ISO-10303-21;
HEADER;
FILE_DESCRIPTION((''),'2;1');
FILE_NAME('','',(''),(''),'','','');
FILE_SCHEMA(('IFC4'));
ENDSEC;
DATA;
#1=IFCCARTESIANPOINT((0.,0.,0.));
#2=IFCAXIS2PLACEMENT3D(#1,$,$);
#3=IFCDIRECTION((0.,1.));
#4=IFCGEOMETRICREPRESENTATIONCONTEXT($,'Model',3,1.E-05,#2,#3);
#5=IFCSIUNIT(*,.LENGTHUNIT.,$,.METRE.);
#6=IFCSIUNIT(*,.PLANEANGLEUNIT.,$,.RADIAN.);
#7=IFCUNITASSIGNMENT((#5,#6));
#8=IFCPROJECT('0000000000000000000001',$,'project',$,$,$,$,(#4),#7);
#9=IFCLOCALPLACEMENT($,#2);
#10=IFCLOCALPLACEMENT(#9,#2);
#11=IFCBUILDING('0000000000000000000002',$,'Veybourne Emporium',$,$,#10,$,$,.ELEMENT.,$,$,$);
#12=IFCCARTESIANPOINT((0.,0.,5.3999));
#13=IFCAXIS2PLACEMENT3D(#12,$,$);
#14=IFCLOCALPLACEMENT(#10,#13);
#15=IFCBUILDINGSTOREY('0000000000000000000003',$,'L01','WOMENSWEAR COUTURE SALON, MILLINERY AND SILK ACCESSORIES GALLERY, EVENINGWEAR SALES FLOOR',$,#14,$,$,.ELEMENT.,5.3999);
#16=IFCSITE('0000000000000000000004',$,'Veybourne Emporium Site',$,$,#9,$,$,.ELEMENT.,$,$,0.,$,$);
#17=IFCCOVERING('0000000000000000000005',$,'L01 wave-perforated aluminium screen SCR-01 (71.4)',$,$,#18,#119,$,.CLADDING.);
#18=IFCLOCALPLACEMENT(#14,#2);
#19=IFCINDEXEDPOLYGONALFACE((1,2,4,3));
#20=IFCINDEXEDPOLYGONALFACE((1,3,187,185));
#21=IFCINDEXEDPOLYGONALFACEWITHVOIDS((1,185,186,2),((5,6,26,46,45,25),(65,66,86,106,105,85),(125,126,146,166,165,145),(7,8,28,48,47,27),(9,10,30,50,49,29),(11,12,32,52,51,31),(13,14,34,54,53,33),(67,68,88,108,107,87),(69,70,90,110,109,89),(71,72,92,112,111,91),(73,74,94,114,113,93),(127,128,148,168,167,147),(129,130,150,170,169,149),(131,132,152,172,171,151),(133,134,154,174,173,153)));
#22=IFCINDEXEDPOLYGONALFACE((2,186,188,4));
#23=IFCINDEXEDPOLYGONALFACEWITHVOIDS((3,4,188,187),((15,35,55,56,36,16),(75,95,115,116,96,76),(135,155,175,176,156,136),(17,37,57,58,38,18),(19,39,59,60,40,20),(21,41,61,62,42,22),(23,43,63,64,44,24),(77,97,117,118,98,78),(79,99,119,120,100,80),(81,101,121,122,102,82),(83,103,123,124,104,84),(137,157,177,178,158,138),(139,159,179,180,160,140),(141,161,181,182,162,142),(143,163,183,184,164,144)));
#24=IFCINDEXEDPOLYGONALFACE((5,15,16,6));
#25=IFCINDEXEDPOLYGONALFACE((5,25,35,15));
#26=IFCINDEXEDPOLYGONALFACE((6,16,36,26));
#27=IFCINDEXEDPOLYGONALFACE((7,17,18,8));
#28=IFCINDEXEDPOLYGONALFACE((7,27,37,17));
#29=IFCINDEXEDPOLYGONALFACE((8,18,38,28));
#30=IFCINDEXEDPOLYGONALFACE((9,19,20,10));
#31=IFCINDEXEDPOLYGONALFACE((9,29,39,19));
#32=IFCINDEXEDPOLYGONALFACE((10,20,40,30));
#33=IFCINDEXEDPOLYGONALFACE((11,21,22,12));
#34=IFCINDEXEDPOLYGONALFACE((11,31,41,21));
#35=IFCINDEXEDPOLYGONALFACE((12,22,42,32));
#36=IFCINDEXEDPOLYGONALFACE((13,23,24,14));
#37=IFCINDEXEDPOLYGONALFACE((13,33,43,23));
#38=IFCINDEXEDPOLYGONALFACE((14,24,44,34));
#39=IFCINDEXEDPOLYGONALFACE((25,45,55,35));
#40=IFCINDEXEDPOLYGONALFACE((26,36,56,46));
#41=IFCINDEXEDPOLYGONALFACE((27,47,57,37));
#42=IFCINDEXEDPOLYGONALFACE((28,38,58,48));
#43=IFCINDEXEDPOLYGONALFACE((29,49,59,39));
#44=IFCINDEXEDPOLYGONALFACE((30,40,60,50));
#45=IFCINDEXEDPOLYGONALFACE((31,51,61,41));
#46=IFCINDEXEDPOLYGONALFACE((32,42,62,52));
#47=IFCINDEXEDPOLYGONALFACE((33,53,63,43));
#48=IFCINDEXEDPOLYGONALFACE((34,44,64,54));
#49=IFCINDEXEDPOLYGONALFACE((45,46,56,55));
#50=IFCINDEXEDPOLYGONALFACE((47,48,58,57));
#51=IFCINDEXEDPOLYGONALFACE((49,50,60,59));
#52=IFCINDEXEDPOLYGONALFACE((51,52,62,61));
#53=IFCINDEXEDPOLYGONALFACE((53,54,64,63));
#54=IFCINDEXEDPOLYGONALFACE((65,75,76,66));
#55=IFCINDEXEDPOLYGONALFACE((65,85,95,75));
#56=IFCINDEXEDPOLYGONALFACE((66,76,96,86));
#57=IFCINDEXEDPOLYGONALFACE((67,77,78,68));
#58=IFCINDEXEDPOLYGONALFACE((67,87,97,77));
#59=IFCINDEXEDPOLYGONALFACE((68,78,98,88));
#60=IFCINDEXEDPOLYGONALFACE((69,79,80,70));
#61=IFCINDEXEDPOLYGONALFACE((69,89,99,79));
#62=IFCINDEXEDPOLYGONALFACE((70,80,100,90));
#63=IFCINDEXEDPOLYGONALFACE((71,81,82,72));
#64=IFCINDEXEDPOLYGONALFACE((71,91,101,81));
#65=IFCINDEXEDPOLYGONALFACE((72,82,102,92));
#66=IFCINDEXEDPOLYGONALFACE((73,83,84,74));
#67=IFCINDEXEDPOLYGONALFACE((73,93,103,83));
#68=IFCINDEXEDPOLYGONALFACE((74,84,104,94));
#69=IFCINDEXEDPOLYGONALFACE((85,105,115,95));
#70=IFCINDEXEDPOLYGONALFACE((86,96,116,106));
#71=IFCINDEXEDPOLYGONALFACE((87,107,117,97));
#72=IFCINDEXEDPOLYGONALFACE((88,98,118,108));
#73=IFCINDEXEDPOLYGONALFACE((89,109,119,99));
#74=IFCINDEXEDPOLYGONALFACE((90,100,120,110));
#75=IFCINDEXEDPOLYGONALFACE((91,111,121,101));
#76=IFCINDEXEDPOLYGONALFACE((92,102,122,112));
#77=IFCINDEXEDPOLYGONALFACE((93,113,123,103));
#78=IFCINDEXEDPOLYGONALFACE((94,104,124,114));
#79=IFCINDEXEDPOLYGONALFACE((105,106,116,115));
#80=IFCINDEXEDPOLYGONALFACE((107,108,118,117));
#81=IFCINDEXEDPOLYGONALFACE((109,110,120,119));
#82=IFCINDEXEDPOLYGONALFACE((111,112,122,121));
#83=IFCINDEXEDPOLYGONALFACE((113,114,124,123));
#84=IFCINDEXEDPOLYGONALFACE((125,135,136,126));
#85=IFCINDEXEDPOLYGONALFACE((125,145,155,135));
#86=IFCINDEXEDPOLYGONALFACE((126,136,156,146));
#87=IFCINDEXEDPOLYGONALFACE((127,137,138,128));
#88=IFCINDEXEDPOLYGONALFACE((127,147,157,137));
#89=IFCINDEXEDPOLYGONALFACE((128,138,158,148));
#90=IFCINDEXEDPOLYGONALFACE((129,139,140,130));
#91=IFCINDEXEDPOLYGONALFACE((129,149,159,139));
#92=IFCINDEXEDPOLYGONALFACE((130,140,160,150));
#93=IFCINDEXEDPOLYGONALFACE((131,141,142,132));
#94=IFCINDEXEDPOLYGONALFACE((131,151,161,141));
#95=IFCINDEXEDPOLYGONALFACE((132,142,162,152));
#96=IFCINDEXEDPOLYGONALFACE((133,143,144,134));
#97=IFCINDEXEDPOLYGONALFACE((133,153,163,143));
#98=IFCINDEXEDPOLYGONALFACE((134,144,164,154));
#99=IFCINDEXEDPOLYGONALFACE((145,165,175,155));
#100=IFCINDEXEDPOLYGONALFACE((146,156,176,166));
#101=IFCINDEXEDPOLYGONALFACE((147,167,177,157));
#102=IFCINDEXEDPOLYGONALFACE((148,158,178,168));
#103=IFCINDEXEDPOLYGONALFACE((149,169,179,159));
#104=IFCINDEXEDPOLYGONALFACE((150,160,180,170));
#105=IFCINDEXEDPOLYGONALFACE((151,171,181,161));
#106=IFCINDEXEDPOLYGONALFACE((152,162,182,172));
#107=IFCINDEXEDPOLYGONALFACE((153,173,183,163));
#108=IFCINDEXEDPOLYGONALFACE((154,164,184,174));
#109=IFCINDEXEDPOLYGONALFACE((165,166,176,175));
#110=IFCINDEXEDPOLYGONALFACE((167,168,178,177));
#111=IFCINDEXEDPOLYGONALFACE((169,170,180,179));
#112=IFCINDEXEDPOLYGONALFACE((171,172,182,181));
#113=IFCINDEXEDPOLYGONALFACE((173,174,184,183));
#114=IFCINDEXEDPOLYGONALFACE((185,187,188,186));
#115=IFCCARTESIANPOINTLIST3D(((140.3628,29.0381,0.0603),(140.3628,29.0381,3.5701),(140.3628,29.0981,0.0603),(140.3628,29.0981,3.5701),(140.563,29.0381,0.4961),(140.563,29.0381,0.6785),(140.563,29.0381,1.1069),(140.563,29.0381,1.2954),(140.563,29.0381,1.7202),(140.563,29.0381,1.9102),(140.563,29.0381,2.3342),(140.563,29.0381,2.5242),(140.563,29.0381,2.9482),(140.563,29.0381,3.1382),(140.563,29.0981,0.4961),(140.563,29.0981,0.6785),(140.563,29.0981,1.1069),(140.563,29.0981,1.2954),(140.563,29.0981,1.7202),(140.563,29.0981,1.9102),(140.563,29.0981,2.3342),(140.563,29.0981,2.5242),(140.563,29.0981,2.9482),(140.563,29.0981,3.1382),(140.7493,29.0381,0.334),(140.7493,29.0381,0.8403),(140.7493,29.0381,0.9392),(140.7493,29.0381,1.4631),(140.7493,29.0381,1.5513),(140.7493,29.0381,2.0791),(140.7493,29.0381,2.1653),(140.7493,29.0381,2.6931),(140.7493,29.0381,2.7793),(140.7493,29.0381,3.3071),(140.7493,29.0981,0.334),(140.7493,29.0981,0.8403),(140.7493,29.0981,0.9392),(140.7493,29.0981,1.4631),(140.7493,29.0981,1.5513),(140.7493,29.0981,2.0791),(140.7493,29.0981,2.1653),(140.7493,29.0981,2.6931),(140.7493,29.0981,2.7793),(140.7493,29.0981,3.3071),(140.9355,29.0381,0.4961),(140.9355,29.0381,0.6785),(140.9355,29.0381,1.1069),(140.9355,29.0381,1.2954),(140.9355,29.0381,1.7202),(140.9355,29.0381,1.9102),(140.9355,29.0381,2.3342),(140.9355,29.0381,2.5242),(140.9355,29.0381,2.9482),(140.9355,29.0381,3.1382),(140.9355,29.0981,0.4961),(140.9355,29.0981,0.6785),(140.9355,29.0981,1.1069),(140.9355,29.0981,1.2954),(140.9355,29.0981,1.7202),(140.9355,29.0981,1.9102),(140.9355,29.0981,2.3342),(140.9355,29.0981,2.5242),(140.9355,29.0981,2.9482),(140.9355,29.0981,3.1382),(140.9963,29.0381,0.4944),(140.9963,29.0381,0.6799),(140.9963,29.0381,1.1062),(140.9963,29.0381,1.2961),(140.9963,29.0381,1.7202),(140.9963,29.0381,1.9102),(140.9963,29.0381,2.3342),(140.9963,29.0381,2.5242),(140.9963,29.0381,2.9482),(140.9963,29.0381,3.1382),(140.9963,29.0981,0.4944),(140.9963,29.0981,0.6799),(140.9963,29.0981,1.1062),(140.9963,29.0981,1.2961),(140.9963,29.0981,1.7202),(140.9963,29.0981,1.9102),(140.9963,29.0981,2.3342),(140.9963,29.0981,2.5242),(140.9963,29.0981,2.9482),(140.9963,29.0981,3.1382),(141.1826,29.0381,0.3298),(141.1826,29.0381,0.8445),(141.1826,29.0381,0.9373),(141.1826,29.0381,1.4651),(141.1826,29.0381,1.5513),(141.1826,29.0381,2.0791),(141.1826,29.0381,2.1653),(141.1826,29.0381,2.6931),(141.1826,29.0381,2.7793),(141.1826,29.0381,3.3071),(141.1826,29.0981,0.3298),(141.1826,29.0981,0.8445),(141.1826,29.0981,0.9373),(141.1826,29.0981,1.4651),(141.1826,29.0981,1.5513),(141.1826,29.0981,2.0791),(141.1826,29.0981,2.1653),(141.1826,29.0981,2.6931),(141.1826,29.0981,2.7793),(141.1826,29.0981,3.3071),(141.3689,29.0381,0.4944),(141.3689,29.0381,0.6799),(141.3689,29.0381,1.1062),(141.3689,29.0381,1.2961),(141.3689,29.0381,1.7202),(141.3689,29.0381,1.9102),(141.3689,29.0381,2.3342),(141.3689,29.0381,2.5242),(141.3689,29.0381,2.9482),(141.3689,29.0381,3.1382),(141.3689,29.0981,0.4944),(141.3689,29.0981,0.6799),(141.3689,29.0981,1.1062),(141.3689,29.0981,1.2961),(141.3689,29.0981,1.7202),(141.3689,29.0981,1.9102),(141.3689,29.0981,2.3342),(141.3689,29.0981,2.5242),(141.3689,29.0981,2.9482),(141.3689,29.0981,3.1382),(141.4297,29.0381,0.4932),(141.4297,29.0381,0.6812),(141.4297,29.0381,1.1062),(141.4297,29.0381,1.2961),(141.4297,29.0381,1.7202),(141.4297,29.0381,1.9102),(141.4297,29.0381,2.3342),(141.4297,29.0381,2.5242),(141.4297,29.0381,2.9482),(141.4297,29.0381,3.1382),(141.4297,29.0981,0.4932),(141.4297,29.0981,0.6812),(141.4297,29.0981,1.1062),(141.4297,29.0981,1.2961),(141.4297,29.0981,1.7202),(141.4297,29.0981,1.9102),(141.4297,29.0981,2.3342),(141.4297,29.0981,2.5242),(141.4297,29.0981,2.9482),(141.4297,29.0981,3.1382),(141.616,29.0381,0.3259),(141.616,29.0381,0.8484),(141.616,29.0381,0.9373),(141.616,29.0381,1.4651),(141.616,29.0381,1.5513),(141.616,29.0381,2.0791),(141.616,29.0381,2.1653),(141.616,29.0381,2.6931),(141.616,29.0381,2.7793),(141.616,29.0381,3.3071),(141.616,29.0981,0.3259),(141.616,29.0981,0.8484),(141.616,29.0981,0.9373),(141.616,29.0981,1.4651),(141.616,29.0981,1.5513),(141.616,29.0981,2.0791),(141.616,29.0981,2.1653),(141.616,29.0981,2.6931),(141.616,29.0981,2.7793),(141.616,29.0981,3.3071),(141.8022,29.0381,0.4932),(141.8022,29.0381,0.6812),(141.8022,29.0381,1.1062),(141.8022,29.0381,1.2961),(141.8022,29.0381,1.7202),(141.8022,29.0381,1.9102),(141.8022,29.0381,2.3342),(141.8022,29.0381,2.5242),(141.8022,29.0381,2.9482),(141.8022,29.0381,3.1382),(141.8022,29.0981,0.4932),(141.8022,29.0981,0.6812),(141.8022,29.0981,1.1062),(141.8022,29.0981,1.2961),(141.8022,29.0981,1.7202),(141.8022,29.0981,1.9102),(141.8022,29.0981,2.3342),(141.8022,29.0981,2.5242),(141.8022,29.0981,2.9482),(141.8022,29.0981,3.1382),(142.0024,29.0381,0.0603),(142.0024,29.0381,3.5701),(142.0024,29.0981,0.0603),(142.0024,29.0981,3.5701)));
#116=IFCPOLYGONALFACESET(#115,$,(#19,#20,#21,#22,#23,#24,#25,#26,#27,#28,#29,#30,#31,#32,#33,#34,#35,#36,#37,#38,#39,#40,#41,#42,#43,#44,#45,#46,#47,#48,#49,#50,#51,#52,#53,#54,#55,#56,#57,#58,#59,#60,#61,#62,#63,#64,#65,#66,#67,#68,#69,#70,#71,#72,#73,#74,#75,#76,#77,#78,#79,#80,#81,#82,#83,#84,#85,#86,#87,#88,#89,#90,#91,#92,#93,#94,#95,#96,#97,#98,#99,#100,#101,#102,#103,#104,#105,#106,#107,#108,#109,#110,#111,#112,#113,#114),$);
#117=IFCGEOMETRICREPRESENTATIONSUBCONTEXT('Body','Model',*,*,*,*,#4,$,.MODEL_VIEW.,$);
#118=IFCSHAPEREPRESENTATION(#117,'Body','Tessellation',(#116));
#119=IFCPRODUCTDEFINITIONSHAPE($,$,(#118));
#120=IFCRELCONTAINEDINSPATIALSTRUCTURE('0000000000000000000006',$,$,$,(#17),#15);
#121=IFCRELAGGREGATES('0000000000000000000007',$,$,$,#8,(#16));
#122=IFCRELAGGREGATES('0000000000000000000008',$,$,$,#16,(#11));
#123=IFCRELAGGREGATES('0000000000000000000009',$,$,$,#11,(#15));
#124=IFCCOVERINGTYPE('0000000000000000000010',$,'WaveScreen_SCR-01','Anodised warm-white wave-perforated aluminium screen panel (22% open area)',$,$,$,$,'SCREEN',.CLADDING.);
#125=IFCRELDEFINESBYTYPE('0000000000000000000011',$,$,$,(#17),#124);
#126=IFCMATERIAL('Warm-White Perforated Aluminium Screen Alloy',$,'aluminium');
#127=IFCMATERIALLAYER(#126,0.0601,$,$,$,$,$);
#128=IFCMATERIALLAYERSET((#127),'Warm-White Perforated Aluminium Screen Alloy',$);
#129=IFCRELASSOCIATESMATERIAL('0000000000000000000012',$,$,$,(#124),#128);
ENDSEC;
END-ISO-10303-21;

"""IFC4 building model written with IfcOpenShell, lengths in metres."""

from ifc_helpers import new_model, si_unit, direction, frame, origin, place, context, subcontext, project, spatial, polyline, outline, extrude, material, layer, layer_set, type_object, element, save


model = new_model("IFC4")

# Units and contexts
model_context = context("Model", 3, precision=1e-05, world=origin(), true_north=direction((0.0, 1.0)))
body_context = subcontext(model_context, "Body", "Model", "MODEL_VIEW")
ifc_project = project(units=[si_unit("LENGTHUNIT", "METRE"), si_unit("PLANEANGLEUNIT", "RADIAN")], contexts=[model_context])

# Site, building, storey
site_placement = place(None, origin())
site = spatial("IfcSite", under=ifc_project, at=site_placement, Name="Veybourne Emporium Site", CompositionType="ELEMENT", RefElevation=0.0)
building_placement = place(site_placement, origin())
building = spatial("IfcBuilding", under=site, at=building_placement, Name="Veybourne Emporium", CompositionType="ELEMENT")
storey_placement = place(building_placement, frame((0.0, 0.0, 5.3999)))
storey = spatial("IfcBuildingStorey", under=building, at=storey_placement, Name="L01", Description="WOMENSWEAR COUTURE SALON, MILLINERY AND SILK ACCESSORIES GALLERY, EVENINGWEAR SALES FLOOR", CompositionType="ELEMENT", Elevation=5.3999)

# Covering
ifc_material_1 = material(Name="Warm-White Perforated Aluminium Screen Alloy", Category="aluminium")
ifc_layer_1 = layer(ifc_material_1, 0.0601)
ifc_layer_set_1 = layer_set([ifc_layer_1], Name="Warm-White Perforated Aluminium Screen Alloy")
covering_type_1 = type_object("IfcCoveringType", Name="WaveScreen_SCR-01", Description="Anodised warm-white wave-perforated aluminium screen panel (22% open area)", ElementType="SCREEN", PredefinedType="CLADDING", material=ifc_layer_set_1)
covering_1_placement = place(storey_placement, frame((141.1826, 29.0981, 1.8152), z_axis=(0.0, -1.0, 0.0), x_axis=(1.0, 0.0, 0.0)))
element("IfcCovering", 1, at=covering_1_placement, inside=storey, type_object=covering_type_1, Name="L01 wave-perforated aluminium screen SCR-01 (71.4)", PredefinedType="CLADDING", context=body_context, shape_type="SweptSolid", body=[
    extrude(outline(polyline([(-0.8198, -1.7549), (0.8198, -1.7549), (0.8198, 1.7549), (-0.8198, 1.7549), (-0.8198, -1.7549)]), holes=[polyline([(-0.4333, -0.9749), (-0.2471, -1.1367), (-0.2471, -1.3191), (-0.4333, -1.4812), (-0.6196, -1.3191), (-0.6196, -1.1367), (-0.4333, -0.9749)]), polyline([(-0.4333, -0.3521), (-0.2471, -0.5198), (-0.2471, -0.7083), (-0.4333, -0.876), (-0.6196, -0.7083), (-0.6196, -0.5198), (-0.4333, -0.3521)]), polyline([(-0.4333, 0.2639), (-0.2471, 0.095), (-0.2471, -0.095), (-0.4333, -0.2639), (-0.6196, -0.095), (-0.6196, 0.095), (-0.4333, 0.2639)]), polyline([(-0.4333, 0.8779), (-0.2471, 0.709), (-0.2471, 0.519), (-0.4333, 0.3501), (-0.6196, 0.519), (-0.6196, 0.709), (-0.4333, 0.8779)]), polyline([(-0.4333, 1.4919), (-0.2471, 1.323), (-0.2471, 1.1331), (-0.4333, 0.9641), (-0.6196, 1.1331), (-0.6196, 1.323), (-0.4333, 1.4919)]), polyline([(0.0, -0.9707), (0.1863, -1.1353), (0.1863, -1.3208), (0.0, -1.4854), (-0.1863, -1.3208), (-0.1863, -1.1353), (0.0, -0.9707)]), polyline([(0.0, -0.3501), (0.1863, -0.519), (0.1863, -0.709), (0.0, -0.8779), (-0.1863, -0.709), (-0.1863, -0.519), (0.0, -0.3501)]), polyline([(0.0, 0.2639), (0.1863, 0.095), (0.1863, -0.095), (0.0, -0.2639), (-0.1863, -0.095), (-0.1863, 0.095), (0.0, 0.2639)]), polyline([(0.0, 0.8779), (0.1863, 0.709), (0.1863, 0.519), (0.0, 0.3501), (-0.1863, 0.519), (-0.1863, 0.709), (0.0, 0.8779)]), polyline([(0.0, 1.4919), (0.1863, 1.323), (0.1863, 1.1331), (0.0, 0.9641), (-0.1863, 1.1331), (-0.1863, 1.323), (0.0, 1.4919)]), polyline([(0.4333, -0.9668), (0.6196, -1.134), (0.6196, -1.322), (0.4333, -1.4893), (0.2471, -1.322), (0.2471, -1.134), (0.4333, -0.9668)]), polyline([(0.4333, -0.3501), (0.6196, -0.519), (0.6196, -0.709), (0.4333, -0.8779), (0.2471, -0.709), (0.2471, -0.519), (0.4333, -0.3501)]), polyline([(0.4333, 0.2639), (0.6196, 0.095), (0.6196, -0.095), (0.4333, -0.2639), (0.2471, -0.095), (0.2471, 0.095), (0.4333, 0.2639)]), polyline([(0.4333, 0.8779), (0.6196, 0.709), (0.6196, 0.519), (0.4333, 0.3501), (0.2471, 0.519), (0.2471, 0.709), (0.4333, 0.8779)]), polyline([(0.4333, 1.4919), (0.6196, 1.323), (0.6196, 1.1331), (0.4333, 0.9641), (0.2471, 1.1331), (0.2471, 1.323), (0.4333, 1.4919)])]), origin(), (0.0, 0.0, 1.0), 0.0601),
])

save(model, "model.ifc")
